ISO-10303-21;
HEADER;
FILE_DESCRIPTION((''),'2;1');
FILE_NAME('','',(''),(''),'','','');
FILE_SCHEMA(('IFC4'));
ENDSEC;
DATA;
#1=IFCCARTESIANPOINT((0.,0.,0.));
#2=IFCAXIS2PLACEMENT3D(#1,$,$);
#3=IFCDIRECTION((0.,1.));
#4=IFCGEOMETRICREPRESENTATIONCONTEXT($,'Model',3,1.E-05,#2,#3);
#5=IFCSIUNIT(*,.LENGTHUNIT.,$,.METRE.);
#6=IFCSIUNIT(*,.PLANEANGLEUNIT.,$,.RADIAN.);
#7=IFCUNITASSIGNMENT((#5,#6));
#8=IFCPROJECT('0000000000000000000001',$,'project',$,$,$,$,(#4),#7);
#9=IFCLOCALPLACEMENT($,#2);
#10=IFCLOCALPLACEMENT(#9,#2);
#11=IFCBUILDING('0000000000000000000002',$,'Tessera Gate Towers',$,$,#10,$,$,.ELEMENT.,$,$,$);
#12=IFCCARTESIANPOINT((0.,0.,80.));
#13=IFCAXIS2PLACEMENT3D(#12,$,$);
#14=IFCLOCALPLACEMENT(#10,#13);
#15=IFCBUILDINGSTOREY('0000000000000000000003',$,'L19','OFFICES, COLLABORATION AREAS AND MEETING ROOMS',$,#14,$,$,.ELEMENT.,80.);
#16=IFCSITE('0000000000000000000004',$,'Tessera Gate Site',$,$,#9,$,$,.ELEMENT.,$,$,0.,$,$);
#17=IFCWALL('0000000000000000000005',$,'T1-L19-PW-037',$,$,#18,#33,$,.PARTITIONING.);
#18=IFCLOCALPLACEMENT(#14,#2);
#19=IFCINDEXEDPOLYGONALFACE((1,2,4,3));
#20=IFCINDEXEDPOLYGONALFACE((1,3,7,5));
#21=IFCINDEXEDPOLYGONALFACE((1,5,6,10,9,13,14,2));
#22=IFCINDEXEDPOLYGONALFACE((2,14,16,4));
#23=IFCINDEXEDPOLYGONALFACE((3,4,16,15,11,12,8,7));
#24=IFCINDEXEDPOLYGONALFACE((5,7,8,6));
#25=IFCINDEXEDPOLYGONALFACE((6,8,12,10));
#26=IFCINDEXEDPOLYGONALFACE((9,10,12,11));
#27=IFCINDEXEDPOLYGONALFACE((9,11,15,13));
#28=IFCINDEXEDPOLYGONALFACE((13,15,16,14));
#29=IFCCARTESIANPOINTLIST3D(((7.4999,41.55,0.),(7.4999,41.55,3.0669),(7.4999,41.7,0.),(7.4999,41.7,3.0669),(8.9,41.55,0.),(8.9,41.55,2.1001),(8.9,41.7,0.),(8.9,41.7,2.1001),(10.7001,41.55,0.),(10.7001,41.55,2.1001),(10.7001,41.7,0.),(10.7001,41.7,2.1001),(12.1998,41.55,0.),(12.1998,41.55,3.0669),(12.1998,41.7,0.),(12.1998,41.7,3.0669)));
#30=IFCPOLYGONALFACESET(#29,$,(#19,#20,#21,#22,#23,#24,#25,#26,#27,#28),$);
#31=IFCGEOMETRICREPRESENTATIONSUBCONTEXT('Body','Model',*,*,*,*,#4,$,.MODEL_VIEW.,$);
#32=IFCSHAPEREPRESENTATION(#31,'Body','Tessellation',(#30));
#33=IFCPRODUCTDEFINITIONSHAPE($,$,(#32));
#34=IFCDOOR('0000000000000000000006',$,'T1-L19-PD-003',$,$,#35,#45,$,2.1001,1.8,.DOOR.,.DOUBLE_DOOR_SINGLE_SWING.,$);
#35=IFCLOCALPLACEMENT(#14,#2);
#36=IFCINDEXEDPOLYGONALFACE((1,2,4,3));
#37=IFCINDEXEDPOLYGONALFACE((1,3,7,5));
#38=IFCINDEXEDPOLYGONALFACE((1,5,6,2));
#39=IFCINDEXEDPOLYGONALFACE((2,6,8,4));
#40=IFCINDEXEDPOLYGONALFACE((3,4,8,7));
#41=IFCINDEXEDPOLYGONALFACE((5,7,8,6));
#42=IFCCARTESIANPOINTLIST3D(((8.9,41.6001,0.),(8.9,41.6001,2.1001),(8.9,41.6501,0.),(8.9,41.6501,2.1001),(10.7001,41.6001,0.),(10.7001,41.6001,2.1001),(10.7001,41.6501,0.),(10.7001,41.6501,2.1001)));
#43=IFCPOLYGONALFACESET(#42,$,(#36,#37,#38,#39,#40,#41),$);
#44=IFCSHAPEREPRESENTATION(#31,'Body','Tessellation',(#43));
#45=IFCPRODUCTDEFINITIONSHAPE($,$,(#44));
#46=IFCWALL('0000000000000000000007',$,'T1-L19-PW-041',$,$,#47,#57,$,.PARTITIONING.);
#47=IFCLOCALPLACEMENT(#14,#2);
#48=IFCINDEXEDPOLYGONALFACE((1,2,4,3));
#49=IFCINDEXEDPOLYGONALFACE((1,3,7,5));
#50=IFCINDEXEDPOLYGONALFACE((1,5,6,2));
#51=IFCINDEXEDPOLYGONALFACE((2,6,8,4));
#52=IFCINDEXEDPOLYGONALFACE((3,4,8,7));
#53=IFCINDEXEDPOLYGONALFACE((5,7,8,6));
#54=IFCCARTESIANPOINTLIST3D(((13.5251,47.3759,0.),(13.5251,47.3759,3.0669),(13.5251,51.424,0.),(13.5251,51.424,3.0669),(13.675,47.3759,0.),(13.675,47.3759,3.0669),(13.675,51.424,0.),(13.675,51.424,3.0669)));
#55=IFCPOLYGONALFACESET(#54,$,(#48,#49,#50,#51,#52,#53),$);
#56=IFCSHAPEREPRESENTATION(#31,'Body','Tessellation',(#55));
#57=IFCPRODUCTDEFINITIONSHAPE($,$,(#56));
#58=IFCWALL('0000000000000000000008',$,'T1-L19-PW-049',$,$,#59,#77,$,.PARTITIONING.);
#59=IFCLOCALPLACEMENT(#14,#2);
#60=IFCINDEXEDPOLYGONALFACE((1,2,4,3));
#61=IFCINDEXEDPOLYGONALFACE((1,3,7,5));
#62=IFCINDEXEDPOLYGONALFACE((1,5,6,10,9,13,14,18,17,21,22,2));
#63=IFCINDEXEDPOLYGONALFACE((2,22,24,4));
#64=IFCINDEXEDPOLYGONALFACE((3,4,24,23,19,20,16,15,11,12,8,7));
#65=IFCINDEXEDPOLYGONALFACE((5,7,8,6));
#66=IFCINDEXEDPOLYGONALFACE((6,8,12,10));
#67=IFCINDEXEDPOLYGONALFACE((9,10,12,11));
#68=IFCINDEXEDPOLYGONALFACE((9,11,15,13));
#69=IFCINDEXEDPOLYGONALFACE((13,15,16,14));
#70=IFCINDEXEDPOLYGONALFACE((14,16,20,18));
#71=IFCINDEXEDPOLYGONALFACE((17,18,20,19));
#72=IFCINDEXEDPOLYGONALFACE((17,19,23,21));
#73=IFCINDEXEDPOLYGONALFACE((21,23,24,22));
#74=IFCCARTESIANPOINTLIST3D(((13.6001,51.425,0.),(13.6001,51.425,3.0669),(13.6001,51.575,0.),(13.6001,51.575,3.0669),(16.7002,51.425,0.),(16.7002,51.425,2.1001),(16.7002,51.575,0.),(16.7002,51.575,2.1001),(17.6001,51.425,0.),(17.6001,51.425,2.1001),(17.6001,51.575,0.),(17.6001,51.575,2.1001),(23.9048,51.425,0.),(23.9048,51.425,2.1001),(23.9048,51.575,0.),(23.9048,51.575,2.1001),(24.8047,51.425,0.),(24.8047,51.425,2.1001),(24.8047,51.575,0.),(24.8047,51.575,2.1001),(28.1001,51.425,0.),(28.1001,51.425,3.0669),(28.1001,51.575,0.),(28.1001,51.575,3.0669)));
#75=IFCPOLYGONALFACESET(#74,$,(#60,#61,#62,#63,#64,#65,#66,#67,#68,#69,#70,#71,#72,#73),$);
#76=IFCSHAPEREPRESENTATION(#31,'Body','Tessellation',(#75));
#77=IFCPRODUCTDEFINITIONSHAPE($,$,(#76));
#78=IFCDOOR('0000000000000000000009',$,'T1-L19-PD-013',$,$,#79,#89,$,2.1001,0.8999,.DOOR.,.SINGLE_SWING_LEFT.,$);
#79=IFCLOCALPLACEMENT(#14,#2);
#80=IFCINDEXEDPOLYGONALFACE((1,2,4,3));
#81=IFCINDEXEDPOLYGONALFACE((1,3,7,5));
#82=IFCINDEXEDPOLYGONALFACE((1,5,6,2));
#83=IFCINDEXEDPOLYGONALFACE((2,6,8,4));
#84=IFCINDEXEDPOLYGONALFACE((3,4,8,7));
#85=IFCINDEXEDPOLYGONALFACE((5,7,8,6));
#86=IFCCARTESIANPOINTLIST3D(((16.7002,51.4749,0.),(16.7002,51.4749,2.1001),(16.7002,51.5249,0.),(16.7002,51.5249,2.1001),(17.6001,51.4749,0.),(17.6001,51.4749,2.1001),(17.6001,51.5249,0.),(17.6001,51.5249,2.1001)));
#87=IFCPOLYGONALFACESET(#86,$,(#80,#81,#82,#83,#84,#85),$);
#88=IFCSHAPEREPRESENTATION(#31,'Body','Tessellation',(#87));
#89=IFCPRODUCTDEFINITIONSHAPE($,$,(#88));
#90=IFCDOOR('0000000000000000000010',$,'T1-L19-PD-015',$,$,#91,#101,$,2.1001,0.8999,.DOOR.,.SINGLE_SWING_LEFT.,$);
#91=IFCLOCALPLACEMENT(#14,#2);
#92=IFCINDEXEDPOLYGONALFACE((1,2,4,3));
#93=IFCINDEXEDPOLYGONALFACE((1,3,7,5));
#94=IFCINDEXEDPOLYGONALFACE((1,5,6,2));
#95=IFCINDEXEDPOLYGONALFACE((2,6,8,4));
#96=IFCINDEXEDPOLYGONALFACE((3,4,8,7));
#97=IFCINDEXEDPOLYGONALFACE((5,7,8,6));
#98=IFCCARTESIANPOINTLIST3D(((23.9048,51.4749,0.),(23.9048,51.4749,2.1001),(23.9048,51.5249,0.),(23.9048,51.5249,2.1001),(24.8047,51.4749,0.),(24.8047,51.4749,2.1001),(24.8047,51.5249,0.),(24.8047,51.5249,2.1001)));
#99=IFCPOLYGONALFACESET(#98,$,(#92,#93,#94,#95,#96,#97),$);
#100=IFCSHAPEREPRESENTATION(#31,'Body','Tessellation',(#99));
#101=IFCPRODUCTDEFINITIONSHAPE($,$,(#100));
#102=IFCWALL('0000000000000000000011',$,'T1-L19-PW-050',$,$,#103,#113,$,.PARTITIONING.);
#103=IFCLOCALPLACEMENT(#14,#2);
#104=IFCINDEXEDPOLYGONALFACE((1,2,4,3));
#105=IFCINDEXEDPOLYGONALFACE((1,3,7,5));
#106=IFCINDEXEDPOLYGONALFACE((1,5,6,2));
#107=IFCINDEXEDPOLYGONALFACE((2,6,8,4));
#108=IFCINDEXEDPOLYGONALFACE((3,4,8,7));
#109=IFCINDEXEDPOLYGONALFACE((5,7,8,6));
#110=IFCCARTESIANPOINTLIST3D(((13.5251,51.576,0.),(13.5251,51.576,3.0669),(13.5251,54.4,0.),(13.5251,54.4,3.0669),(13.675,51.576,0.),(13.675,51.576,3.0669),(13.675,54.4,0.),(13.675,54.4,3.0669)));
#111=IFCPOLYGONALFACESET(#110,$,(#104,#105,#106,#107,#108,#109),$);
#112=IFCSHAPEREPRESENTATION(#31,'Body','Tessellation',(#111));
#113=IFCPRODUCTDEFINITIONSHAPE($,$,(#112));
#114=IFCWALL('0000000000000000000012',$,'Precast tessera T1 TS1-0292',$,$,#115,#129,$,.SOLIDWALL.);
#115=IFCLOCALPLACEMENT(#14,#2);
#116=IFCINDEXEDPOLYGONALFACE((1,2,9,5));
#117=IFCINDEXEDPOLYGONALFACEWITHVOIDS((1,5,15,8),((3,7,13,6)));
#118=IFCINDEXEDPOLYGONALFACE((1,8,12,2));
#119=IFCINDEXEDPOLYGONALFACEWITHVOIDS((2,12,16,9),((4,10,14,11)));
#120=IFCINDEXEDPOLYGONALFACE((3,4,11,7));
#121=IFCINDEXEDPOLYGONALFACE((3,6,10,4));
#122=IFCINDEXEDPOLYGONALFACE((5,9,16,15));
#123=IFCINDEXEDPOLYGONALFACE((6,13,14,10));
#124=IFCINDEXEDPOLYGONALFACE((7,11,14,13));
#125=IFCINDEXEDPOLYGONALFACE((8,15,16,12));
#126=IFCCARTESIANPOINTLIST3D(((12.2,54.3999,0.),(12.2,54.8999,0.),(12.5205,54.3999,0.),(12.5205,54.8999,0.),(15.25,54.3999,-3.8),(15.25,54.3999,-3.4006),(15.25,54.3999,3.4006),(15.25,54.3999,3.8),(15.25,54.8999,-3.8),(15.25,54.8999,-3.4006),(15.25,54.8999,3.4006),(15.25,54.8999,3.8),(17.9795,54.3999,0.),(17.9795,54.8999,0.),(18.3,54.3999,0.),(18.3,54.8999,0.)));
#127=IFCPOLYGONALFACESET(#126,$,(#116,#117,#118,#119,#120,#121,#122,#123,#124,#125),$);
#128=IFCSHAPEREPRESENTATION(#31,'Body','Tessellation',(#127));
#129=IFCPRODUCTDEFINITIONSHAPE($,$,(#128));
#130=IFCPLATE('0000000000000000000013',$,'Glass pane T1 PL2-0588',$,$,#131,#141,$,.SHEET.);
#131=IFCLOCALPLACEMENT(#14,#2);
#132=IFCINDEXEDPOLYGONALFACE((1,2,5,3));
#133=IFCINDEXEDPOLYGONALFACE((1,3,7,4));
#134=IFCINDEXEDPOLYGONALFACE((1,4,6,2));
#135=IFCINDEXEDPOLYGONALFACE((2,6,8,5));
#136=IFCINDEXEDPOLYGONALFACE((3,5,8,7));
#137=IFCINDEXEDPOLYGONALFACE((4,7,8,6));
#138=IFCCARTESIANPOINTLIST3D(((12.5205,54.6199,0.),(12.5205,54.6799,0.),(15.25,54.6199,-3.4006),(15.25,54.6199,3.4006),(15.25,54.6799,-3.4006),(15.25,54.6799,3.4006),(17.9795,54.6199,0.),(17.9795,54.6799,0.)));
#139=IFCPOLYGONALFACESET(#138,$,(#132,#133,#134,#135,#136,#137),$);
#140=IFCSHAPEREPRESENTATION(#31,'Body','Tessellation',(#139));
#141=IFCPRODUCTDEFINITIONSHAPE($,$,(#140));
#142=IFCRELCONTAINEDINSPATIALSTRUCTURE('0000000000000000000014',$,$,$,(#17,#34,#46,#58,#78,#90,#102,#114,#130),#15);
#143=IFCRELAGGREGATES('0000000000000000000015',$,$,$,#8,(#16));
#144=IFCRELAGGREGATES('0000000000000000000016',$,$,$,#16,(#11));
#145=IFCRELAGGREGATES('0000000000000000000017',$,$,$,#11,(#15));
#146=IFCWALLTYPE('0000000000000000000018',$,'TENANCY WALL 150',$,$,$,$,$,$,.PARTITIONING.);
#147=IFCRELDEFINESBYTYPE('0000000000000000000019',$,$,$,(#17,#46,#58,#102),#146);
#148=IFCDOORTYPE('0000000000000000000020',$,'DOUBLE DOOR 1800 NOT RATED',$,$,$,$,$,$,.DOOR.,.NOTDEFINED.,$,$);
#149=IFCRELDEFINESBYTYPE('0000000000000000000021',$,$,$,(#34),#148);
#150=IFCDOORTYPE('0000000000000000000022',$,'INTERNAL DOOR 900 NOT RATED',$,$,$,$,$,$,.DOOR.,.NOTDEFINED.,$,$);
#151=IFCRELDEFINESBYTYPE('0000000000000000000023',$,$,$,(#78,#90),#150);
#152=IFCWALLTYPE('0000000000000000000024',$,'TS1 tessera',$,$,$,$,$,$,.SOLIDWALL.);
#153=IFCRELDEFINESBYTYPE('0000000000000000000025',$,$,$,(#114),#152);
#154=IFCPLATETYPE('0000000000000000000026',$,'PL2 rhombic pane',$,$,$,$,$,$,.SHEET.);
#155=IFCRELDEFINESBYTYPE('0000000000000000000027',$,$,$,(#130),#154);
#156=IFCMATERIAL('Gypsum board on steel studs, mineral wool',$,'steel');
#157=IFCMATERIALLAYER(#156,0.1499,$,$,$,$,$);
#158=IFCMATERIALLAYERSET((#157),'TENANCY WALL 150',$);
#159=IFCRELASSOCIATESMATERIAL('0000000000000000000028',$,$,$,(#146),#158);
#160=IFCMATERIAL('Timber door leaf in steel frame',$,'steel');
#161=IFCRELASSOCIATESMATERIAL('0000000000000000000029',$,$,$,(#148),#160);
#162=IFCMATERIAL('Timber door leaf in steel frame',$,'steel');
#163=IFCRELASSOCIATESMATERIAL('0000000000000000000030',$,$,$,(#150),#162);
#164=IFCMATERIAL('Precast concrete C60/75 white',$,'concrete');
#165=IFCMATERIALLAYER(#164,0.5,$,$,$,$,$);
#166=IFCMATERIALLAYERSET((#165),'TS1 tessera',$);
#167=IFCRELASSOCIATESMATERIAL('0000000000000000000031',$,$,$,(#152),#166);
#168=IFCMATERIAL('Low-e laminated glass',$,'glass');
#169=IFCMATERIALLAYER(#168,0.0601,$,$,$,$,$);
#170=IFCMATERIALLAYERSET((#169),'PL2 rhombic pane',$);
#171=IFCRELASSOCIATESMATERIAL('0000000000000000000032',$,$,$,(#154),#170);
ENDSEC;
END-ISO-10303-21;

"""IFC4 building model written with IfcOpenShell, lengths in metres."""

from ifc_helpers import new_model, si_unit, direction, frame, frame_2d, origin, place, context, subcontext, project, spatial, polyline, rectangle, outline, extrude, source, transform, mapped, material, layer, layer_set, type_object, element, fill, save


model = new_model("IFC4")

# Units and contexts
model_context = context("Model", 3, precision=1e-05, world=origin(), true_north=direction((0.0, 1.0)))
body_context = subcontext(model_context, "Body", "Model", "MODEL_VIEW")
ifc_project = project(units=[si_unit("LENGTHUNIT", "METRE"), si_unit("PLANEANGLEUNIT", "RADIAN")], contexts=[model_context])

# Site, building, storey
site_placement = place(None, origin())
site = spatial("IfcSite", under=ifc_project, at=site_placement, Name="Tessera Gate Site", CompositionType="ELEMENT", RefElevation=0.0)
building_placement = place(site_placement, origin())
building = spatial("IfcBuilding", under=site, at=building_placement, Name="Tessera Gate Towers", CompositionType="ELEMENT")
storey_placement = place(building_placement, frame((0.0, 0.0, 80.0)))
storey = spatial("IfcBuildingStorey", under=building, at=storey_placement, Name="L19", Description="OFFICES, COLLABORATION AREAS AND MEETING ROOMS", CompositionType="ELEMENT", Elevation=80.0)

# Shared definitions
shared_shape_1 = source(origin(), body_context, "Body", "SweptSolid", [
    extrude(rectangle(XDim=0.8999, YDim=2.1001, at=frame_2d((0.45, 1.05))), frame((0.0, 0.0249, 0.0), z_axis=(0.0, -1.0, 0.0), x_axis=(1.0, 0.0, 0.0)), (0.0, 0.0, 1.0), 0.05),
])

# Shared definitions
ifc_material_1 = material(Name="Gypsum board on steel studs, mineral wool", Category="steel")
ifc_layer_1 = layer(ifc_material_1, 0.1499)
ifc_layer_set_1 = layer_set([ifc_layer_1], Name="TENANCY WALL 150")
wall_type_1 = type_object("IfcWallType", Name="TENANCY WALL 150", PredefinedType="PARTITIONING", material=ifc_layer_set_1)

# Wall, opening, door
wall_1_placement = place(storey_placement, frame((12.2, 41.625, 0.0), z_axis=(0.0, 0.0, 1.0), x_axis=(-1.0, 0.0, 0.0)))
wall_1 = element("IfcWall", 1, at=wall_1_placement, inside=storey, type_object=wall_type_1, Name="T1-L19-PW-037", PredefinedType="PARTITIONING", context=body_context, shape_type="SweptSolid", body=[
    extrude(rectangle(XDim=4.7, YDim=0.1499, at=frame_2d((2.3501, 0.0))), origin(), (0.0, 0.0, 1.0), 3.0669),
])
shared_shape_2 = source(origin(), body_context, "Body", "SweptSolid", [
    extrude(rectangle(XDim=1.8, YDim=2.1001, at=frame_2d((0.8999, 1.05))), frame((0.0, 0.085, 0.0), z_axis=(0.0, -1.0, 0.0), x_axis=(1.0, 0.0, 0.0)), (0.0, 0.0, 1.0), 0.1699),
])
opening_1_placement = place(wall_1_placement, frame((1.5, 0.0, 0.0)))
opening_1 = element("IfcOpeningElement", 2, at=opening_1_placement, cuts=wall_1, PredefinedType="OPENING", context=body_context, shape_type="MappedRepresentation", body=[
    mapped(shared_shape_2, transform((0.0, 0.0, 0.0), scale=1.0)),
])
ifc_material_2 = material(Name="Timber door leaf in steel frame", Category="steel")
door_type_1 = type_object("IfcDoorType", Name="DOUBLE DOOR 1800 NOT RATED", OperationType="NOTDEFINED", PredefinedType="DOOR", material=ifc_material_2)
shared_shape_3 = source(origin(), body_context, "Body", "SweptSolid", [
    extrude(rectangle(XDim=1.8, YDim=2.1001, at=frame_2d((0.8999, 1.05))), frame((0.0, 0.0249, 0.0), z_axis=(0.0, -1.0, 0.0), x_axis=(1.0, 0.0, 0.0)), (0.0, 0.0, 1.0), 0.05),
])
door_1_placement = place(opening_1_placement, origin())
door_1 = element("IfcDoor", 3, at=door_1_placement, inside=storey, type_object=door_type_1, Name="T1-L19-PD-003", OperationType="DOUBLE_DOOR_SINGLE_SWING", OverallHeight=2.1001, OverallWidth=1.8, PredefinedType="DOOR", context=body_context, shape_type="MappedRepresentation", body=[
    mapped(shared_shape_3, transform((0.0, 0.0, 0.0), scale=1.0)),
])
fill(opening_1, door_1)

# Wall
wall_2_placement = place(storey_placement, frame((13.6001, 47.376, 0.0), z_axis=(0.0, 0.0, 1.0), x_axis=(0.0, 1.0, 0.0)))
element("IfcWall", 4, at=wall_2_placement, inside=storey, type_object=wall_type_1, Name="T1-L19-PW-041", PredefinedType="PARTITIONING", context=body_context, shape_type="SweptSolid", body=[
    extrude(rectangle(XDim=4.0481, YDim=0.1499, at=frame_2d((2.0239, 0.0))), origin(), (0.0, 0.0, 1.0), 3.0669),
])

# Wall, openings, doors
wall_3_placement = place(storey_placement, frame((13.6001, 51.5, 0.0), z_axis=(0.0, 0.0, 1.0), x_axis=(1.0, 0.0, 0.0)))
wall_3 = element("IfcWall", 5, at=wall_3_placement, inside=storey, type_object=wall_type_1, Name="T1-L19-PW-049", PredefinedType="PARTITIONING", context=body_context, shape_type="SweptSolid", body=[
    extrude(rectangle(XDim=14.5, YDim=0.1499, at=frame_2d((7.25, 0.0))), origin(), (0.0, 0.0, 1.0), 3.0669),
])
shared_shape_4 = source(origin(), body_context, "Body", "SweptSolid", [
    extrude(rectangle(XDim=0.8999, YDim=2.1001, at=frame_2d((0.45, 1.05))), frame((0.0, 0.085, 0.0), z_axis=(0.0, -1.0, 0.0), x_axis=(1.0, 0.0, 0.0)), (0.0, 0.0, 1.0), 0.1699),
])
opening_2_placement = place(wall_3_placement, frame((3.1001, 0.0, 0.0)))
opening_2 = element("IfcOpeningElement", 6, at=opening_2_placement, cuts=wall_3, PredefinedType="OPENING", context=body_context, shape_type="MappedRepresentation", body=[
    mapped(shared_shape_4, transform((0.0, 0.0, 0.0), scale=1.0)),
])
opening_3_placement = place(wall_3_placement, frame((10.3047, 0.0, 0.0)))
opening_3 = element("IfcOpeningElement", 7, at=opening_3_placement, cuts=wall_3, PredefinedType="OPENING", context=body_context, shape_type="MappedRepresentation", body=[
    mapped(shared_shape_4, transform((0.0, 0.0, 0.0), scale=1.0)),
])
ifc_material_3 = material(Name="Timber door leaf in steel frame", Category="steel")
door_type_2 = type_object("IfcDoorType", Name="INTERNAL DOOR 900 NOT RATED", OperationType="NOTDEFINED", PredefinedType="DOOR", material=ifc_material_3)
door_2_placement = place(opening_2_placement, origin())
door_2 = element("IfcDoor", 8, at=door_2_placement, inside=storey, type_object=door_type_2, Name="T1-L19-PD-013", OperationType="SINGLE_SWING_LEFT", OverallHeight=2.1001, OverallWidth=0.8999, PredefinedType="DOOR", context=body_context, shape_type="MappedRepresentation", body=[
    mapped(shared_shape_1, transform((0.0, 0.0, 0.0), scale=1.0)),
])
fill(opening_2, door_2)
door_3_placement = place(opening_3_placement, origin())
door_3 = element("IfcDoor", 9, at=door_3_placement, inside=storey, type_object=door_type_2, Name="T1-L19-PD-015", OperationType="SINGLE_SWING_LEFT", OverallHeight=2.1001, OverallWidth=0.8999, PredefinedType="DOOR", context=body_context, shape_type="MappedRepresentation", body=[
    mapped(shared_shape_1, transform((0.0, 0.0, 0.0), scale=1.0)),
])
fill(opening_3, door_3)

# Wall
wall_4_placement = place(storey_placement, frame((13.6001, 51.5759, 0.0), z_axis=(0.0, 0.0, 1.0), x_axis=(0.0, 1.0, 0.0)))
element("IfcWall", 10, at=wall_4_placement, inside=storey, type_object=wall_type_1, Name="T1-L19-PW-050", PredefinedType="PARTITIONING", context=body_context, shape_type="SweptSolid", body=[
    extrude(rectangle(XDim=2.824, YDim=0.1499, at=frame_2d((1.4121, 0.0))), origin(), (0.0, 0.0, 1.0), 3.0669),
])

# Wall, opening, plate
ifc_material_4 = material(Name="Precast concrete C60/75 white", Category="concrete")
ifc_layer_2 = layer(ifc_material_4, 0.5)
ifc_layer_set_2 = layer_set([ifc_layer_2], Name="TS1 tessera")
wall_type_2 = type_object("IfcWallType", Name="TS1 tessera", PredefinedType="SOLIDWALL", material=ifc_layer_set_2)
shared_shape_5 = source(origin(), body_context, "Body", "SweptSolid", [
    extrude(outline(polyline([(3.05, 0.0), (6.1001, 3.8), (3.05, 7.6001), (0.0, 3.8), (3.05, 0.0)])), frame((0.0, 0.25, 0.0), z_axis=(0.0, -1.0, 0.0), x_axis=(1.0, 0.0, 0.0)), (0.0, 0.0, 1.0), 0.5),
])
wall_5_placement = place(storey_placement, frame((18.3, 54.6499, -3.8), z_axis=(0.0, 0.0, 1.0), x_axis=(-1.0, 0.0, 0.0)))
wall_5 = element("IfcWall", 11, at=wall_5_placement, inside=storey, type_object=wall_type_2, Name="Precast tessera T1 TS1-0292", PredefinedType="SOLIDWALL", context=body_context, shape_type="MappedRepresentation", body=[
    mapped(shared_shape_5, transform((0.0, 0.0, 0.0), scale=1.0)),
])
shared_shape_6 = source(origin(), body_context, "Body", "SweptSolid", [
    extrude(outline(polyline([(3.05, 0.3994), (5.7795, 3.8), (3.05, 7.2007), (0.3206, 3.8), (3.05, 0.3994)])), frame((0.0, 0.26, 0.0), z_axis=(0.0, -1.0, 0.0), x_axis=(1.0, 0.0, 0.0)), (0.0, 0.0, 1.0), 0.52),
])
opening_4_placement = place(wall_5_placement, origin())
opening_4 = element("IfcOpeningElement", 12, at=opening_4_placement, cuts=wall_5, PredefinedType="OPENING", context=body_context, shape_type="MappedRepresentation", body=[
    mapped(shared_shape_6, transform((0.0, 0.0, 0.0), scale=1.0)),
])
ifc_material_5 = material(Name="Low-e laminated glass", Category="glass")
ifc_layer_3 = layer(ifc_material_5, 0.0601)
ifc_layer_set_3 = layer_set([ifc_layer_3], Name="PL2 rhombic pane")
plate_type = type_object("IfcPlateType", Name="PL2 rhombic pane", PredefinedType="SHEET", material=ifc_layer_set_3)
shared_shape_7 = source(origin(), body_context, "Body", "SweptSolid", [
    extrude(outline(polyline([(3.05, 0.3994), (5.7795, 3.8), (3.05, 7.2007), (0.3206, 3.8), (3.05, 0.3994)])), frame((0.0, 0.03, 0.0), z_axis=(0.0, -1.0, 0.0), x_axis=(1.0, 0.0, 0.0)), (0.0, 0.0, 1.0), 0.0601),
])
plate_placement = place(opening_4_placement, origin())
plate = element("IfcPlate", 13, at=plate_placement, inside=storey, type_object=plate_type, Name="Glass pane T1 PL2-0588", PredefinedType="SHEET", context=body_context, shape_type="MappedRepresentation", body=[
    mapped(shared_shape_7, transform((0.0, 0.0, 0.0), scale=1.0)),
])
fill(opening_4, plate)

save(model, "model.ifc")
